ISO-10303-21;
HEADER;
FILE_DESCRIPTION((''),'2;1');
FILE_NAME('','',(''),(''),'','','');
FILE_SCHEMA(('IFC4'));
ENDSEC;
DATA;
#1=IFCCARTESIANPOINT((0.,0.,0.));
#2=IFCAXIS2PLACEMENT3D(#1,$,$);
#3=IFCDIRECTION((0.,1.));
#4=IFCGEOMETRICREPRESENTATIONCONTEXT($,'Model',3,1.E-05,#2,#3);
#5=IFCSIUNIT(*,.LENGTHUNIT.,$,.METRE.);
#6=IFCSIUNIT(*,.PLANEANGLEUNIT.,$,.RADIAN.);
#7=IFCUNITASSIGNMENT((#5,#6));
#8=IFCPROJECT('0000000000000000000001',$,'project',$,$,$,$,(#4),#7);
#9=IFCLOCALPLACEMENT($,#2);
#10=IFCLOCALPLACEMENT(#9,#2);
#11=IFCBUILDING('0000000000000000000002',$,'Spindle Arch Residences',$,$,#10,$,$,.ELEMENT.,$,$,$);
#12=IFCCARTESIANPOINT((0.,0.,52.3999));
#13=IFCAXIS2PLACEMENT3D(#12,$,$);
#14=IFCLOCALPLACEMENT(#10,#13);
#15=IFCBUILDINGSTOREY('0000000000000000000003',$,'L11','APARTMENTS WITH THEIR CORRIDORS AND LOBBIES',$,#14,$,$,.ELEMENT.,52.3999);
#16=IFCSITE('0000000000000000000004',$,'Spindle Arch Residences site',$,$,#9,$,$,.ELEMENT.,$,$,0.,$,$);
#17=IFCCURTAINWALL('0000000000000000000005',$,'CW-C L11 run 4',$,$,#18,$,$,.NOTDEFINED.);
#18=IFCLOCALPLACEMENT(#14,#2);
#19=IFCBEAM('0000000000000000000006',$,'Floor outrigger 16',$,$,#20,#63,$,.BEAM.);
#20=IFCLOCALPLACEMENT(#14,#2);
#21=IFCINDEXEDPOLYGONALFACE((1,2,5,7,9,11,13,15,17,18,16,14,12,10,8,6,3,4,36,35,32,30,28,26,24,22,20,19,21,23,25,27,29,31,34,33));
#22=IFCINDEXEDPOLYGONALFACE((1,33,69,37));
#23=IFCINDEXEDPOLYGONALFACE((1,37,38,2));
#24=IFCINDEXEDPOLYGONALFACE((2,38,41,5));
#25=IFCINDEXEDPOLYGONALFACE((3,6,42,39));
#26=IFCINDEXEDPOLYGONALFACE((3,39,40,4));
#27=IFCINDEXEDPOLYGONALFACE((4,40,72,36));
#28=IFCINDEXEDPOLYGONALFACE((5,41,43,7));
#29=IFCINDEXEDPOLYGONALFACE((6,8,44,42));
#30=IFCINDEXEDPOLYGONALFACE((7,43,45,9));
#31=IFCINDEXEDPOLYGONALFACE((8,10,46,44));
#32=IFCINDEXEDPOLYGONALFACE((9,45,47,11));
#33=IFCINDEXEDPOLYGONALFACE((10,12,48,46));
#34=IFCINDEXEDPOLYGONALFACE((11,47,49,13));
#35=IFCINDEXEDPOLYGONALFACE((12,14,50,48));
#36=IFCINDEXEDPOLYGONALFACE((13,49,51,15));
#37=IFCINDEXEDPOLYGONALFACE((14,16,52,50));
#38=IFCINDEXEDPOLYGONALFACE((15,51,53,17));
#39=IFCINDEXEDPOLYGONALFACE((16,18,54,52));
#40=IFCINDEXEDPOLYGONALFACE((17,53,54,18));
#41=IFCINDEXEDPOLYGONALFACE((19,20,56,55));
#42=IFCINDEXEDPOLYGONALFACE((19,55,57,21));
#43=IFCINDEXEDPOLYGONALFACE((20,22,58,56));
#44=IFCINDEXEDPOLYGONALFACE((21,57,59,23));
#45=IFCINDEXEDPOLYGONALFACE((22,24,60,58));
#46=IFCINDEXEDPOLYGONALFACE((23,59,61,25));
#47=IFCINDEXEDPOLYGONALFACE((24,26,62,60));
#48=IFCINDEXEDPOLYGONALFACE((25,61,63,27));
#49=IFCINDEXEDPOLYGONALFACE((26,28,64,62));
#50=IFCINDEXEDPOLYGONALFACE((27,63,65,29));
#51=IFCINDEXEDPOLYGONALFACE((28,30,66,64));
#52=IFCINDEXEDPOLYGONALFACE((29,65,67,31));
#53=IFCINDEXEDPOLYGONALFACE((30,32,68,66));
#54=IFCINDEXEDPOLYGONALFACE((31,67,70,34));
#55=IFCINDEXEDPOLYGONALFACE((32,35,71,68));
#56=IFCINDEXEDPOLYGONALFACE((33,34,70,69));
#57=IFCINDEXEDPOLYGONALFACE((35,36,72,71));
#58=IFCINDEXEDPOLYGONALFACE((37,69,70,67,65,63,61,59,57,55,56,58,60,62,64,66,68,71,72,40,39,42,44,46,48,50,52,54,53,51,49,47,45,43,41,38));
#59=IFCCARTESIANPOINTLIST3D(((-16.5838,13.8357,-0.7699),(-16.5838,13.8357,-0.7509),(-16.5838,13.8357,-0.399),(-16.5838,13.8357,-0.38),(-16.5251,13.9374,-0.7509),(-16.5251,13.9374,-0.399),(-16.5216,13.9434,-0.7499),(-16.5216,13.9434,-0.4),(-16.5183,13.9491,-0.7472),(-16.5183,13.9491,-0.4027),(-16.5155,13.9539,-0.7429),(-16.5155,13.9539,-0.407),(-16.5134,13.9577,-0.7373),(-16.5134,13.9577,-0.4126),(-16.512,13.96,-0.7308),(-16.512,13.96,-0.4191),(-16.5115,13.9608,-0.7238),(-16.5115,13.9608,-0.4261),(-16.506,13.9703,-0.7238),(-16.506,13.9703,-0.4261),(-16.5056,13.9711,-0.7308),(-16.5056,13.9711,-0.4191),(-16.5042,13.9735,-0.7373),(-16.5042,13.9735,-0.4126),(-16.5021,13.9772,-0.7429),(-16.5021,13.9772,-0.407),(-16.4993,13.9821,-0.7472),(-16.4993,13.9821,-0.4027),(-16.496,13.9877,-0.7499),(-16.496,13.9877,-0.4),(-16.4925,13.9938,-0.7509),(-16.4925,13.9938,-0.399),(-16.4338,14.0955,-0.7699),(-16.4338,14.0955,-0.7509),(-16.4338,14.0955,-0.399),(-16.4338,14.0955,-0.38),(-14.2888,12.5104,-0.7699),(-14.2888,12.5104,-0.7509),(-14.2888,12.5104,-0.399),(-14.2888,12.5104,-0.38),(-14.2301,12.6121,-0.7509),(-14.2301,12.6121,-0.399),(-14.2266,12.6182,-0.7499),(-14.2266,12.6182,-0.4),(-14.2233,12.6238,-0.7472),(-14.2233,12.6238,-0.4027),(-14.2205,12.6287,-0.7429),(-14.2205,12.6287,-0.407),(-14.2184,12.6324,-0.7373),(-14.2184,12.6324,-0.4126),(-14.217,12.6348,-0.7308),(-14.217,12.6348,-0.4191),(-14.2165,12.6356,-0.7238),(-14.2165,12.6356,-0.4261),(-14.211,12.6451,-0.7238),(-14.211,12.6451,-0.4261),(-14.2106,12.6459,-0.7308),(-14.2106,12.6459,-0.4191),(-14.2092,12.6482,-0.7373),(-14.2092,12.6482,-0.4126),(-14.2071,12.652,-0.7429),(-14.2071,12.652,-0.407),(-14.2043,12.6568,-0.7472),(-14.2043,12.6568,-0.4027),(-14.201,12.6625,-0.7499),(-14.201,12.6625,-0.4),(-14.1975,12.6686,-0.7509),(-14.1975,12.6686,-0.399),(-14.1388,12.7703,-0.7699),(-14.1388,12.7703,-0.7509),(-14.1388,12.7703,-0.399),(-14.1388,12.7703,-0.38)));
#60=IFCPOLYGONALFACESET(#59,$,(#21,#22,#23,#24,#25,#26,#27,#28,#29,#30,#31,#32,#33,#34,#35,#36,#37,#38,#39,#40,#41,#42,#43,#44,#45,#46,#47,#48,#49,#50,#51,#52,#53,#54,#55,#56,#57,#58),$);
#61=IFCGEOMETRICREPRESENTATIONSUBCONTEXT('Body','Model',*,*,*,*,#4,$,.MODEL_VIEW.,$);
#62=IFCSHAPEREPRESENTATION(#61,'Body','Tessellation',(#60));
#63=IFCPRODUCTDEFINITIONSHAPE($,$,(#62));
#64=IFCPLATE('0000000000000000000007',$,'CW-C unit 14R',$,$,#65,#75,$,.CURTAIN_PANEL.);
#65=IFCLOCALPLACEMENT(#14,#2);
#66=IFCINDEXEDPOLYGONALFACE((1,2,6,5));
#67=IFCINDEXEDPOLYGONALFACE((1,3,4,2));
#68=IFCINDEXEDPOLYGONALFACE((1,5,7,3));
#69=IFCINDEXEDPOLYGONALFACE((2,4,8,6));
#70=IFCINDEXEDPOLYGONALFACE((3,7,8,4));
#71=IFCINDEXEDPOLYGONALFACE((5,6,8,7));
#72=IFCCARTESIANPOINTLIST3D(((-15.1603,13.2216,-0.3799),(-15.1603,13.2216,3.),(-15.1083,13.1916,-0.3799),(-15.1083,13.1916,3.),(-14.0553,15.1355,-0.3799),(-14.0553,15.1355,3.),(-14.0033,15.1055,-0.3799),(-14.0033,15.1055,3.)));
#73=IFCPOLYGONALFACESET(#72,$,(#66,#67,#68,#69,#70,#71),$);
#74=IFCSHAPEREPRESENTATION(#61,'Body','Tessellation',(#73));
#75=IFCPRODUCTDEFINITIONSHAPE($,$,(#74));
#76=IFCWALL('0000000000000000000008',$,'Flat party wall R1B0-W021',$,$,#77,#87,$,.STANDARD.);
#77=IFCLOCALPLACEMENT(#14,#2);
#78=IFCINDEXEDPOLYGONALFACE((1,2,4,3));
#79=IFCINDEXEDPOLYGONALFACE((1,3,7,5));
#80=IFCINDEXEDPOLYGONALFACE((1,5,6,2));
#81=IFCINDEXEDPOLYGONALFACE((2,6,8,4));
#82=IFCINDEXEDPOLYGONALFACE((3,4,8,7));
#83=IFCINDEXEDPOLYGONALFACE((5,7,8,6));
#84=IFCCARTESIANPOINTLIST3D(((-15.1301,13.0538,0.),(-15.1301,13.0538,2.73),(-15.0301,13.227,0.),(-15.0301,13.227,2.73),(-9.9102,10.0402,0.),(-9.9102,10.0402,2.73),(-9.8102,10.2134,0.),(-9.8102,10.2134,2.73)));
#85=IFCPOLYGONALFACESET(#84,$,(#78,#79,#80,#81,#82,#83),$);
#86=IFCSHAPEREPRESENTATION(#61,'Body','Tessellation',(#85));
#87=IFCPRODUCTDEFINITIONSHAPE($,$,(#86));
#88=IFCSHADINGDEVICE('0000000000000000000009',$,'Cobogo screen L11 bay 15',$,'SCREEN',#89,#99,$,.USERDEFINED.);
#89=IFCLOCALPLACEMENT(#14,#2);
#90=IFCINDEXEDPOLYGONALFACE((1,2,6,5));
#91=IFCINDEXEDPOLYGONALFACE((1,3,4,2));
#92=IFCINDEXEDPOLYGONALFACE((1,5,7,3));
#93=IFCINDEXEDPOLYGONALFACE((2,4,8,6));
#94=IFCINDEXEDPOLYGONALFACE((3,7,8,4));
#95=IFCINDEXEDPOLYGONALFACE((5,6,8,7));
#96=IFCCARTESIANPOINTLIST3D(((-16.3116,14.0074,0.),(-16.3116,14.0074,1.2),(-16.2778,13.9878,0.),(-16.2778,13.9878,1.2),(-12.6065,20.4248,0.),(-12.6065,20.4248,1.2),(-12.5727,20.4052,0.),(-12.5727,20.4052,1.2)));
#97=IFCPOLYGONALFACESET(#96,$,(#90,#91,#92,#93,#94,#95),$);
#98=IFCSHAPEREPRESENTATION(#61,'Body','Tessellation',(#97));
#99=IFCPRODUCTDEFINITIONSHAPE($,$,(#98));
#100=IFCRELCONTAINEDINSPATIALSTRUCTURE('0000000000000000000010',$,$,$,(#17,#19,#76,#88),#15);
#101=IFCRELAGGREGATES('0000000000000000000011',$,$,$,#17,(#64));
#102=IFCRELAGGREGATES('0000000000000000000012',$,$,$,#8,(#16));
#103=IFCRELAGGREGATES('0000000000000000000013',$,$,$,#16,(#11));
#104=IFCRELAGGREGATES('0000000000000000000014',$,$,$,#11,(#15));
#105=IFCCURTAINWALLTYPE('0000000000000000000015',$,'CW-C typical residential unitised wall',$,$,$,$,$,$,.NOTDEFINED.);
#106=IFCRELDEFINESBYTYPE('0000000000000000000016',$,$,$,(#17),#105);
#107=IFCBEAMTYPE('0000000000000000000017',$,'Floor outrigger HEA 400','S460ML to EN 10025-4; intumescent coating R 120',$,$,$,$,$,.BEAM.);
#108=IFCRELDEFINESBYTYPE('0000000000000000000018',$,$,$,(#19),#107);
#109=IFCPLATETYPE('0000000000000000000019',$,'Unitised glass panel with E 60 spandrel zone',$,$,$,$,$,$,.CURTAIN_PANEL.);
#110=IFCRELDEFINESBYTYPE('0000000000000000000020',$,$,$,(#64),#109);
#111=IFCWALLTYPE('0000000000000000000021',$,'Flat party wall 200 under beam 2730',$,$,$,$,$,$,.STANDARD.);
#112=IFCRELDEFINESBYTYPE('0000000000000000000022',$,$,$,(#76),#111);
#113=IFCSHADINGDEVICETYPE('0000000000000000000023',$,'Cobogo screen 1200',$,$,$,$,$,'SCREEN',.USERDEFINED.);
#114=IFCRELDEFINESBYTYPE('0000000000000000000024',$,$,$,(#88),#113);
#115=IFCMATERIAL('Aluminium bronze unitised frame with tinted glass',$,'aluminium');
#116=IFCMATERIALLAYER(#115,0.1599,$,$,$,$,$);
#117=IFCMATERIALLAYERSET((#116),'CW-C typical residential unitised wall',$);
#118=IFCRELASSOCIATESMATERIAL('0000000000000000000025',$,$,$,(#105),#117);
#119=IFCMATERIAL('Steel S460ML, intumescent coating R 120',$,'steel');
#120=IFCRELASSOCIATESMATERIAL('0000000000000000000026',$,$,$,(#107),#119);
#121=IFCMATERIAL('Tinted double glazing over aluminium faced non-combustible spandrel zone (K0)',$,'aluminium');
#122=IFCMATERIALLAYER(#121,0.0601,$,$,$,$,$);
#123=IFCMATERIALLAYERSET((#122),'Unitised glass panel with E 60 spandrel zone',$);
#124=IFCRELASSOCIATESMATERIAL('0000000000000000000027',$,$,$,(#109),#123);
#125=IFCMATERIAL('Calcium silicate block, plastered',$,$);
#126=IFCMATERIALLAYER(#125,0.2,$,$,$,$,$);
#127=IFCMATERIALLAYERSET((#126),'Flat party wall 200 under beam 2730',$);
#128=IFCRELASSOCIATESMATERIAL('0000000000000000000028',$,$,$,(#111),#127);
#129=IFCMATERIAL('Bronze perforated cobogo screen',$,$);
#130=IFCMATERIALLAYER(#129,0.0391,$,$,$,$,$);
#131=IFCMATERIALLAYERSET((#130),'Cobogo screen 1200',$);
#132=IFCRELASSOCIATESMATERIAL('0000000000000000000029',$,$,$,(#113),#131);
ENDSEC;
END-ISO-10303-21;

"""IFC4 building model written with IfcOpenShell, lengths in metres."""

from ifc_helpers import new_model, si_unit, direction, frame, frame_2d, origin, origin_2d, place, context, subcontext, project, spatial, rectangle, i_section, extrude, material, layer, layer_set, material_profile, profile_set, type_object, element, aggregate, save


model = new_model("IFC4")

# Units and contexts
model_context = context("Model", 3, precision=1e-05, world=origin(), true_north=direction((0.0, 1.0)))
body_context = subcontext(model_context, "Body", "Model", "MODEL_VIEW")
ifc_project = project(units=[si_unit("LENGTHUNIT", "METRE"), si_unit("PLANEANGLEUNIT", "RADIAN")], contexts=[model_context])

# Site, building, storey
site_placement = place(None, origin())
site = spatial("IfcSite", under=ifc_project, at=site_placement, Name="Spindle Arch Residences site", CompositionType="ELEMENT", RefElevation=0.0)
building_placement = place(site_placement, origin())
building = spatial("IfcBuilding", under=site, at=building_placement, Name="Spindle Arch Residences", CompositionType="ELEMENT")
storey_placement = place(building_placement, frame((0.0, 0.0, 52.3999)))
storey = spatial("IfcBuildingStorey", under=building, at=storey_placement, Name="L11", Description="APARTMENTS WITH THEIR CORRIDORS AND LOBBIES", CompositionType="ELEMENT", Elevation=52.3999)

# Curtain wall
ifc_material_1 = material(Name="Aluminium bronze unitised frame with tinted glass", Category="aluminium")
ifc_layer_1 = layer(ifc_material_1, 0.1599)
ifc_layer_set_1 = layer_set([ifc_layer_1], Name="CW-C typical residential unitised wall")
curtain_wall_type = type_object("IfcCurtainWallType", Name="CW-C typical residential unitised wall", PredefinedType="NOTDEFINED", material=ifc_layer_set_1)
curtain_wall_placement = place(storey_placement, origin())
curtain_wall = element("IfcCurtainWall", 1, at=curtain_wall_placement, inside=storey, type_object=curtain_wall_type, Name="CW-C L11 run 4", PredefinedType="NOTDEFINED")

# Beam
ifc_material_2 = material(Name="Steel S460ML, intumescent coating R 120", Category="steel")
ifc_material_profile_1 = material_profile(ifc_material_2, i_section(OverallWidth=0.3, OverallDepth=0.3899, WebThickness=0.011, FlangeThickness=0.019, FilletRadius=0.0271, at=origin_2d()), Name="HEA 400")
ifc_profile_set_1 = profile_set([ifc_material_profile_1], Name="Steel S460ML, intumescent coating R 120")
beam_type_1 = type_object("IfcBeamType", Name="Floor outrigger HEA 400", Description="S460ML to EN 10025-4; intumescent coating R 120", PredefinedType="BEAM", material=ifc_profile_set_1)
for number, where, z_axis, x_axis, name in (
    (2, (-16.5088, 13.9656, -0.575), (0.865989, -0.500063, 0.0), (0.500063, 0.865989, 0.0), "Floor outrigger 16"),
):
    element("IfcBeam", number, at=place(storey_placement, frame(where, z_axis=z_axis, x_axis=x_axis)), inside=storey, type_object=beam_type_1, Name=name, PredefinedType="BEAM", context=body_context, shape_type="SweptSolid", body=[
        extrude(i_section(OverallWidth=0.3, OverallDepth=0.3899, WebThickness=0.011, FlangeThickness=0.019, FilletRadius=0.0271, at=origin_2d()), origin(), (0.0, 0.0, 1.0), 2.6501),
    ])

# Plate
ifc_material_3 = material(Name="Tinted double glazing over aluminium faced non-combustible spandrel zone (K0)", Category="aluminium")
ifc_layer_2 = layer(ifc_material_3, 0.0601)
ifc_layer_set_2 = layer_set([ifc_layer_2], Name="Unitised glass panel with E 60 spandrel zone")
plate_type = type_object("IfcPlateType", Name="Unitised glass panel with E 60 spandrel zone", PredefinedType="CURTAIN_PANEL", material=ifc_layer_set_2)
plate_placement = place(storey_placement, frame((-14.5818, 14.1636, -0.3799), z_axis=(0.0, 0.0, 1.0), x_axis=(-0.5, -0.866025, 0.0)))
plate = element("IfcPlate", 3, at=plate_placement, type_object=plate_type, Name="CW-C unit 14R", PredefinedType="CURTAIN_PANEL", context=body_context, shape_type="SweptSolid", body=[
    extrude(rectangle(XDim=2.21, YDim=0.0601, at=origin_2d()), origin(), (0.0, 0.0, 1.0), 3.3799),
])
aggregate(curtain_wall, [plate])

# Wall
ifc_material_4 = material(Name="Calcium silicate block, plastered")
ifc_layer_3 = layer(ifc_material_4, 0.2)
ifc_layer_set_3 = layer_set([ifc_layer_3], Name="Flat party wall 200 under beam 2730")
wall_type_1 = type_object("IfcWallType", Name="Flat party wall 200 under beam 2730", PredefinedType="STANDARD", material=ifc_layer_set_3)
wall_1_placement = place(storey_placement, frame((-15.0801, 13.1404, 0.0), z_axis=(0.0, 0.0, 1.0), x_axis=(0.866031, -0.49999, 0.0)))
element("IfcWall", 4, at=wall_1_placement, inside=storey, type_object=wall_type_1, Name="Flat party wall R1B0-W021", PredefinedType="STANDARD", context=body_context, shape_type="SweptSolid", body=[
    extrude(rectangle(XDim=6.0273, YDim=0.2, at=frame_2d((3.0137, 0.0))), origin(), (0.0, 0.0, 1.0), 2.73),
])

# Shading device
ifc_material_5 = material(Name="Bronze perforated cobogo screen")
ifc_layer_4 = layer(ifc_material_5, 0.0391)
ifc_layer_set_4 = layer_set([ifc_layer_4], Name="Cobogo screen 1200")
shading_device_type = type_object("IfcShadingDeviceType", Name="Cobogo screen 1200", ElementType="SCREEN", PredefinedType="USERDEFINED", material=ifc_layer_set_4)
shading_device_placement = place(storey_placement, frame((-14.4421, 17.2063, 0.0), z_axis=(0.0, 0.0, 1.0), x_axis=(-0.5, -0.866025, 0.0)))
element("IfcShadingDevice", 5, at=shading_device_placement, inside=storey, type_object=shading_device_type, Name="Cobogo screen L11 bay 15", ObjectType="SCREEN", PredefinedType="USERDEFINED", context=body_context, shape_type="SweptSolid", body=[
    extrude(rectangle(XDim=7.4102, YDim=0.0391, at=origin_2d()), origin(), (0.0, 0.0, 1.0), 1.2),
])

save(model, "model.ifc")
